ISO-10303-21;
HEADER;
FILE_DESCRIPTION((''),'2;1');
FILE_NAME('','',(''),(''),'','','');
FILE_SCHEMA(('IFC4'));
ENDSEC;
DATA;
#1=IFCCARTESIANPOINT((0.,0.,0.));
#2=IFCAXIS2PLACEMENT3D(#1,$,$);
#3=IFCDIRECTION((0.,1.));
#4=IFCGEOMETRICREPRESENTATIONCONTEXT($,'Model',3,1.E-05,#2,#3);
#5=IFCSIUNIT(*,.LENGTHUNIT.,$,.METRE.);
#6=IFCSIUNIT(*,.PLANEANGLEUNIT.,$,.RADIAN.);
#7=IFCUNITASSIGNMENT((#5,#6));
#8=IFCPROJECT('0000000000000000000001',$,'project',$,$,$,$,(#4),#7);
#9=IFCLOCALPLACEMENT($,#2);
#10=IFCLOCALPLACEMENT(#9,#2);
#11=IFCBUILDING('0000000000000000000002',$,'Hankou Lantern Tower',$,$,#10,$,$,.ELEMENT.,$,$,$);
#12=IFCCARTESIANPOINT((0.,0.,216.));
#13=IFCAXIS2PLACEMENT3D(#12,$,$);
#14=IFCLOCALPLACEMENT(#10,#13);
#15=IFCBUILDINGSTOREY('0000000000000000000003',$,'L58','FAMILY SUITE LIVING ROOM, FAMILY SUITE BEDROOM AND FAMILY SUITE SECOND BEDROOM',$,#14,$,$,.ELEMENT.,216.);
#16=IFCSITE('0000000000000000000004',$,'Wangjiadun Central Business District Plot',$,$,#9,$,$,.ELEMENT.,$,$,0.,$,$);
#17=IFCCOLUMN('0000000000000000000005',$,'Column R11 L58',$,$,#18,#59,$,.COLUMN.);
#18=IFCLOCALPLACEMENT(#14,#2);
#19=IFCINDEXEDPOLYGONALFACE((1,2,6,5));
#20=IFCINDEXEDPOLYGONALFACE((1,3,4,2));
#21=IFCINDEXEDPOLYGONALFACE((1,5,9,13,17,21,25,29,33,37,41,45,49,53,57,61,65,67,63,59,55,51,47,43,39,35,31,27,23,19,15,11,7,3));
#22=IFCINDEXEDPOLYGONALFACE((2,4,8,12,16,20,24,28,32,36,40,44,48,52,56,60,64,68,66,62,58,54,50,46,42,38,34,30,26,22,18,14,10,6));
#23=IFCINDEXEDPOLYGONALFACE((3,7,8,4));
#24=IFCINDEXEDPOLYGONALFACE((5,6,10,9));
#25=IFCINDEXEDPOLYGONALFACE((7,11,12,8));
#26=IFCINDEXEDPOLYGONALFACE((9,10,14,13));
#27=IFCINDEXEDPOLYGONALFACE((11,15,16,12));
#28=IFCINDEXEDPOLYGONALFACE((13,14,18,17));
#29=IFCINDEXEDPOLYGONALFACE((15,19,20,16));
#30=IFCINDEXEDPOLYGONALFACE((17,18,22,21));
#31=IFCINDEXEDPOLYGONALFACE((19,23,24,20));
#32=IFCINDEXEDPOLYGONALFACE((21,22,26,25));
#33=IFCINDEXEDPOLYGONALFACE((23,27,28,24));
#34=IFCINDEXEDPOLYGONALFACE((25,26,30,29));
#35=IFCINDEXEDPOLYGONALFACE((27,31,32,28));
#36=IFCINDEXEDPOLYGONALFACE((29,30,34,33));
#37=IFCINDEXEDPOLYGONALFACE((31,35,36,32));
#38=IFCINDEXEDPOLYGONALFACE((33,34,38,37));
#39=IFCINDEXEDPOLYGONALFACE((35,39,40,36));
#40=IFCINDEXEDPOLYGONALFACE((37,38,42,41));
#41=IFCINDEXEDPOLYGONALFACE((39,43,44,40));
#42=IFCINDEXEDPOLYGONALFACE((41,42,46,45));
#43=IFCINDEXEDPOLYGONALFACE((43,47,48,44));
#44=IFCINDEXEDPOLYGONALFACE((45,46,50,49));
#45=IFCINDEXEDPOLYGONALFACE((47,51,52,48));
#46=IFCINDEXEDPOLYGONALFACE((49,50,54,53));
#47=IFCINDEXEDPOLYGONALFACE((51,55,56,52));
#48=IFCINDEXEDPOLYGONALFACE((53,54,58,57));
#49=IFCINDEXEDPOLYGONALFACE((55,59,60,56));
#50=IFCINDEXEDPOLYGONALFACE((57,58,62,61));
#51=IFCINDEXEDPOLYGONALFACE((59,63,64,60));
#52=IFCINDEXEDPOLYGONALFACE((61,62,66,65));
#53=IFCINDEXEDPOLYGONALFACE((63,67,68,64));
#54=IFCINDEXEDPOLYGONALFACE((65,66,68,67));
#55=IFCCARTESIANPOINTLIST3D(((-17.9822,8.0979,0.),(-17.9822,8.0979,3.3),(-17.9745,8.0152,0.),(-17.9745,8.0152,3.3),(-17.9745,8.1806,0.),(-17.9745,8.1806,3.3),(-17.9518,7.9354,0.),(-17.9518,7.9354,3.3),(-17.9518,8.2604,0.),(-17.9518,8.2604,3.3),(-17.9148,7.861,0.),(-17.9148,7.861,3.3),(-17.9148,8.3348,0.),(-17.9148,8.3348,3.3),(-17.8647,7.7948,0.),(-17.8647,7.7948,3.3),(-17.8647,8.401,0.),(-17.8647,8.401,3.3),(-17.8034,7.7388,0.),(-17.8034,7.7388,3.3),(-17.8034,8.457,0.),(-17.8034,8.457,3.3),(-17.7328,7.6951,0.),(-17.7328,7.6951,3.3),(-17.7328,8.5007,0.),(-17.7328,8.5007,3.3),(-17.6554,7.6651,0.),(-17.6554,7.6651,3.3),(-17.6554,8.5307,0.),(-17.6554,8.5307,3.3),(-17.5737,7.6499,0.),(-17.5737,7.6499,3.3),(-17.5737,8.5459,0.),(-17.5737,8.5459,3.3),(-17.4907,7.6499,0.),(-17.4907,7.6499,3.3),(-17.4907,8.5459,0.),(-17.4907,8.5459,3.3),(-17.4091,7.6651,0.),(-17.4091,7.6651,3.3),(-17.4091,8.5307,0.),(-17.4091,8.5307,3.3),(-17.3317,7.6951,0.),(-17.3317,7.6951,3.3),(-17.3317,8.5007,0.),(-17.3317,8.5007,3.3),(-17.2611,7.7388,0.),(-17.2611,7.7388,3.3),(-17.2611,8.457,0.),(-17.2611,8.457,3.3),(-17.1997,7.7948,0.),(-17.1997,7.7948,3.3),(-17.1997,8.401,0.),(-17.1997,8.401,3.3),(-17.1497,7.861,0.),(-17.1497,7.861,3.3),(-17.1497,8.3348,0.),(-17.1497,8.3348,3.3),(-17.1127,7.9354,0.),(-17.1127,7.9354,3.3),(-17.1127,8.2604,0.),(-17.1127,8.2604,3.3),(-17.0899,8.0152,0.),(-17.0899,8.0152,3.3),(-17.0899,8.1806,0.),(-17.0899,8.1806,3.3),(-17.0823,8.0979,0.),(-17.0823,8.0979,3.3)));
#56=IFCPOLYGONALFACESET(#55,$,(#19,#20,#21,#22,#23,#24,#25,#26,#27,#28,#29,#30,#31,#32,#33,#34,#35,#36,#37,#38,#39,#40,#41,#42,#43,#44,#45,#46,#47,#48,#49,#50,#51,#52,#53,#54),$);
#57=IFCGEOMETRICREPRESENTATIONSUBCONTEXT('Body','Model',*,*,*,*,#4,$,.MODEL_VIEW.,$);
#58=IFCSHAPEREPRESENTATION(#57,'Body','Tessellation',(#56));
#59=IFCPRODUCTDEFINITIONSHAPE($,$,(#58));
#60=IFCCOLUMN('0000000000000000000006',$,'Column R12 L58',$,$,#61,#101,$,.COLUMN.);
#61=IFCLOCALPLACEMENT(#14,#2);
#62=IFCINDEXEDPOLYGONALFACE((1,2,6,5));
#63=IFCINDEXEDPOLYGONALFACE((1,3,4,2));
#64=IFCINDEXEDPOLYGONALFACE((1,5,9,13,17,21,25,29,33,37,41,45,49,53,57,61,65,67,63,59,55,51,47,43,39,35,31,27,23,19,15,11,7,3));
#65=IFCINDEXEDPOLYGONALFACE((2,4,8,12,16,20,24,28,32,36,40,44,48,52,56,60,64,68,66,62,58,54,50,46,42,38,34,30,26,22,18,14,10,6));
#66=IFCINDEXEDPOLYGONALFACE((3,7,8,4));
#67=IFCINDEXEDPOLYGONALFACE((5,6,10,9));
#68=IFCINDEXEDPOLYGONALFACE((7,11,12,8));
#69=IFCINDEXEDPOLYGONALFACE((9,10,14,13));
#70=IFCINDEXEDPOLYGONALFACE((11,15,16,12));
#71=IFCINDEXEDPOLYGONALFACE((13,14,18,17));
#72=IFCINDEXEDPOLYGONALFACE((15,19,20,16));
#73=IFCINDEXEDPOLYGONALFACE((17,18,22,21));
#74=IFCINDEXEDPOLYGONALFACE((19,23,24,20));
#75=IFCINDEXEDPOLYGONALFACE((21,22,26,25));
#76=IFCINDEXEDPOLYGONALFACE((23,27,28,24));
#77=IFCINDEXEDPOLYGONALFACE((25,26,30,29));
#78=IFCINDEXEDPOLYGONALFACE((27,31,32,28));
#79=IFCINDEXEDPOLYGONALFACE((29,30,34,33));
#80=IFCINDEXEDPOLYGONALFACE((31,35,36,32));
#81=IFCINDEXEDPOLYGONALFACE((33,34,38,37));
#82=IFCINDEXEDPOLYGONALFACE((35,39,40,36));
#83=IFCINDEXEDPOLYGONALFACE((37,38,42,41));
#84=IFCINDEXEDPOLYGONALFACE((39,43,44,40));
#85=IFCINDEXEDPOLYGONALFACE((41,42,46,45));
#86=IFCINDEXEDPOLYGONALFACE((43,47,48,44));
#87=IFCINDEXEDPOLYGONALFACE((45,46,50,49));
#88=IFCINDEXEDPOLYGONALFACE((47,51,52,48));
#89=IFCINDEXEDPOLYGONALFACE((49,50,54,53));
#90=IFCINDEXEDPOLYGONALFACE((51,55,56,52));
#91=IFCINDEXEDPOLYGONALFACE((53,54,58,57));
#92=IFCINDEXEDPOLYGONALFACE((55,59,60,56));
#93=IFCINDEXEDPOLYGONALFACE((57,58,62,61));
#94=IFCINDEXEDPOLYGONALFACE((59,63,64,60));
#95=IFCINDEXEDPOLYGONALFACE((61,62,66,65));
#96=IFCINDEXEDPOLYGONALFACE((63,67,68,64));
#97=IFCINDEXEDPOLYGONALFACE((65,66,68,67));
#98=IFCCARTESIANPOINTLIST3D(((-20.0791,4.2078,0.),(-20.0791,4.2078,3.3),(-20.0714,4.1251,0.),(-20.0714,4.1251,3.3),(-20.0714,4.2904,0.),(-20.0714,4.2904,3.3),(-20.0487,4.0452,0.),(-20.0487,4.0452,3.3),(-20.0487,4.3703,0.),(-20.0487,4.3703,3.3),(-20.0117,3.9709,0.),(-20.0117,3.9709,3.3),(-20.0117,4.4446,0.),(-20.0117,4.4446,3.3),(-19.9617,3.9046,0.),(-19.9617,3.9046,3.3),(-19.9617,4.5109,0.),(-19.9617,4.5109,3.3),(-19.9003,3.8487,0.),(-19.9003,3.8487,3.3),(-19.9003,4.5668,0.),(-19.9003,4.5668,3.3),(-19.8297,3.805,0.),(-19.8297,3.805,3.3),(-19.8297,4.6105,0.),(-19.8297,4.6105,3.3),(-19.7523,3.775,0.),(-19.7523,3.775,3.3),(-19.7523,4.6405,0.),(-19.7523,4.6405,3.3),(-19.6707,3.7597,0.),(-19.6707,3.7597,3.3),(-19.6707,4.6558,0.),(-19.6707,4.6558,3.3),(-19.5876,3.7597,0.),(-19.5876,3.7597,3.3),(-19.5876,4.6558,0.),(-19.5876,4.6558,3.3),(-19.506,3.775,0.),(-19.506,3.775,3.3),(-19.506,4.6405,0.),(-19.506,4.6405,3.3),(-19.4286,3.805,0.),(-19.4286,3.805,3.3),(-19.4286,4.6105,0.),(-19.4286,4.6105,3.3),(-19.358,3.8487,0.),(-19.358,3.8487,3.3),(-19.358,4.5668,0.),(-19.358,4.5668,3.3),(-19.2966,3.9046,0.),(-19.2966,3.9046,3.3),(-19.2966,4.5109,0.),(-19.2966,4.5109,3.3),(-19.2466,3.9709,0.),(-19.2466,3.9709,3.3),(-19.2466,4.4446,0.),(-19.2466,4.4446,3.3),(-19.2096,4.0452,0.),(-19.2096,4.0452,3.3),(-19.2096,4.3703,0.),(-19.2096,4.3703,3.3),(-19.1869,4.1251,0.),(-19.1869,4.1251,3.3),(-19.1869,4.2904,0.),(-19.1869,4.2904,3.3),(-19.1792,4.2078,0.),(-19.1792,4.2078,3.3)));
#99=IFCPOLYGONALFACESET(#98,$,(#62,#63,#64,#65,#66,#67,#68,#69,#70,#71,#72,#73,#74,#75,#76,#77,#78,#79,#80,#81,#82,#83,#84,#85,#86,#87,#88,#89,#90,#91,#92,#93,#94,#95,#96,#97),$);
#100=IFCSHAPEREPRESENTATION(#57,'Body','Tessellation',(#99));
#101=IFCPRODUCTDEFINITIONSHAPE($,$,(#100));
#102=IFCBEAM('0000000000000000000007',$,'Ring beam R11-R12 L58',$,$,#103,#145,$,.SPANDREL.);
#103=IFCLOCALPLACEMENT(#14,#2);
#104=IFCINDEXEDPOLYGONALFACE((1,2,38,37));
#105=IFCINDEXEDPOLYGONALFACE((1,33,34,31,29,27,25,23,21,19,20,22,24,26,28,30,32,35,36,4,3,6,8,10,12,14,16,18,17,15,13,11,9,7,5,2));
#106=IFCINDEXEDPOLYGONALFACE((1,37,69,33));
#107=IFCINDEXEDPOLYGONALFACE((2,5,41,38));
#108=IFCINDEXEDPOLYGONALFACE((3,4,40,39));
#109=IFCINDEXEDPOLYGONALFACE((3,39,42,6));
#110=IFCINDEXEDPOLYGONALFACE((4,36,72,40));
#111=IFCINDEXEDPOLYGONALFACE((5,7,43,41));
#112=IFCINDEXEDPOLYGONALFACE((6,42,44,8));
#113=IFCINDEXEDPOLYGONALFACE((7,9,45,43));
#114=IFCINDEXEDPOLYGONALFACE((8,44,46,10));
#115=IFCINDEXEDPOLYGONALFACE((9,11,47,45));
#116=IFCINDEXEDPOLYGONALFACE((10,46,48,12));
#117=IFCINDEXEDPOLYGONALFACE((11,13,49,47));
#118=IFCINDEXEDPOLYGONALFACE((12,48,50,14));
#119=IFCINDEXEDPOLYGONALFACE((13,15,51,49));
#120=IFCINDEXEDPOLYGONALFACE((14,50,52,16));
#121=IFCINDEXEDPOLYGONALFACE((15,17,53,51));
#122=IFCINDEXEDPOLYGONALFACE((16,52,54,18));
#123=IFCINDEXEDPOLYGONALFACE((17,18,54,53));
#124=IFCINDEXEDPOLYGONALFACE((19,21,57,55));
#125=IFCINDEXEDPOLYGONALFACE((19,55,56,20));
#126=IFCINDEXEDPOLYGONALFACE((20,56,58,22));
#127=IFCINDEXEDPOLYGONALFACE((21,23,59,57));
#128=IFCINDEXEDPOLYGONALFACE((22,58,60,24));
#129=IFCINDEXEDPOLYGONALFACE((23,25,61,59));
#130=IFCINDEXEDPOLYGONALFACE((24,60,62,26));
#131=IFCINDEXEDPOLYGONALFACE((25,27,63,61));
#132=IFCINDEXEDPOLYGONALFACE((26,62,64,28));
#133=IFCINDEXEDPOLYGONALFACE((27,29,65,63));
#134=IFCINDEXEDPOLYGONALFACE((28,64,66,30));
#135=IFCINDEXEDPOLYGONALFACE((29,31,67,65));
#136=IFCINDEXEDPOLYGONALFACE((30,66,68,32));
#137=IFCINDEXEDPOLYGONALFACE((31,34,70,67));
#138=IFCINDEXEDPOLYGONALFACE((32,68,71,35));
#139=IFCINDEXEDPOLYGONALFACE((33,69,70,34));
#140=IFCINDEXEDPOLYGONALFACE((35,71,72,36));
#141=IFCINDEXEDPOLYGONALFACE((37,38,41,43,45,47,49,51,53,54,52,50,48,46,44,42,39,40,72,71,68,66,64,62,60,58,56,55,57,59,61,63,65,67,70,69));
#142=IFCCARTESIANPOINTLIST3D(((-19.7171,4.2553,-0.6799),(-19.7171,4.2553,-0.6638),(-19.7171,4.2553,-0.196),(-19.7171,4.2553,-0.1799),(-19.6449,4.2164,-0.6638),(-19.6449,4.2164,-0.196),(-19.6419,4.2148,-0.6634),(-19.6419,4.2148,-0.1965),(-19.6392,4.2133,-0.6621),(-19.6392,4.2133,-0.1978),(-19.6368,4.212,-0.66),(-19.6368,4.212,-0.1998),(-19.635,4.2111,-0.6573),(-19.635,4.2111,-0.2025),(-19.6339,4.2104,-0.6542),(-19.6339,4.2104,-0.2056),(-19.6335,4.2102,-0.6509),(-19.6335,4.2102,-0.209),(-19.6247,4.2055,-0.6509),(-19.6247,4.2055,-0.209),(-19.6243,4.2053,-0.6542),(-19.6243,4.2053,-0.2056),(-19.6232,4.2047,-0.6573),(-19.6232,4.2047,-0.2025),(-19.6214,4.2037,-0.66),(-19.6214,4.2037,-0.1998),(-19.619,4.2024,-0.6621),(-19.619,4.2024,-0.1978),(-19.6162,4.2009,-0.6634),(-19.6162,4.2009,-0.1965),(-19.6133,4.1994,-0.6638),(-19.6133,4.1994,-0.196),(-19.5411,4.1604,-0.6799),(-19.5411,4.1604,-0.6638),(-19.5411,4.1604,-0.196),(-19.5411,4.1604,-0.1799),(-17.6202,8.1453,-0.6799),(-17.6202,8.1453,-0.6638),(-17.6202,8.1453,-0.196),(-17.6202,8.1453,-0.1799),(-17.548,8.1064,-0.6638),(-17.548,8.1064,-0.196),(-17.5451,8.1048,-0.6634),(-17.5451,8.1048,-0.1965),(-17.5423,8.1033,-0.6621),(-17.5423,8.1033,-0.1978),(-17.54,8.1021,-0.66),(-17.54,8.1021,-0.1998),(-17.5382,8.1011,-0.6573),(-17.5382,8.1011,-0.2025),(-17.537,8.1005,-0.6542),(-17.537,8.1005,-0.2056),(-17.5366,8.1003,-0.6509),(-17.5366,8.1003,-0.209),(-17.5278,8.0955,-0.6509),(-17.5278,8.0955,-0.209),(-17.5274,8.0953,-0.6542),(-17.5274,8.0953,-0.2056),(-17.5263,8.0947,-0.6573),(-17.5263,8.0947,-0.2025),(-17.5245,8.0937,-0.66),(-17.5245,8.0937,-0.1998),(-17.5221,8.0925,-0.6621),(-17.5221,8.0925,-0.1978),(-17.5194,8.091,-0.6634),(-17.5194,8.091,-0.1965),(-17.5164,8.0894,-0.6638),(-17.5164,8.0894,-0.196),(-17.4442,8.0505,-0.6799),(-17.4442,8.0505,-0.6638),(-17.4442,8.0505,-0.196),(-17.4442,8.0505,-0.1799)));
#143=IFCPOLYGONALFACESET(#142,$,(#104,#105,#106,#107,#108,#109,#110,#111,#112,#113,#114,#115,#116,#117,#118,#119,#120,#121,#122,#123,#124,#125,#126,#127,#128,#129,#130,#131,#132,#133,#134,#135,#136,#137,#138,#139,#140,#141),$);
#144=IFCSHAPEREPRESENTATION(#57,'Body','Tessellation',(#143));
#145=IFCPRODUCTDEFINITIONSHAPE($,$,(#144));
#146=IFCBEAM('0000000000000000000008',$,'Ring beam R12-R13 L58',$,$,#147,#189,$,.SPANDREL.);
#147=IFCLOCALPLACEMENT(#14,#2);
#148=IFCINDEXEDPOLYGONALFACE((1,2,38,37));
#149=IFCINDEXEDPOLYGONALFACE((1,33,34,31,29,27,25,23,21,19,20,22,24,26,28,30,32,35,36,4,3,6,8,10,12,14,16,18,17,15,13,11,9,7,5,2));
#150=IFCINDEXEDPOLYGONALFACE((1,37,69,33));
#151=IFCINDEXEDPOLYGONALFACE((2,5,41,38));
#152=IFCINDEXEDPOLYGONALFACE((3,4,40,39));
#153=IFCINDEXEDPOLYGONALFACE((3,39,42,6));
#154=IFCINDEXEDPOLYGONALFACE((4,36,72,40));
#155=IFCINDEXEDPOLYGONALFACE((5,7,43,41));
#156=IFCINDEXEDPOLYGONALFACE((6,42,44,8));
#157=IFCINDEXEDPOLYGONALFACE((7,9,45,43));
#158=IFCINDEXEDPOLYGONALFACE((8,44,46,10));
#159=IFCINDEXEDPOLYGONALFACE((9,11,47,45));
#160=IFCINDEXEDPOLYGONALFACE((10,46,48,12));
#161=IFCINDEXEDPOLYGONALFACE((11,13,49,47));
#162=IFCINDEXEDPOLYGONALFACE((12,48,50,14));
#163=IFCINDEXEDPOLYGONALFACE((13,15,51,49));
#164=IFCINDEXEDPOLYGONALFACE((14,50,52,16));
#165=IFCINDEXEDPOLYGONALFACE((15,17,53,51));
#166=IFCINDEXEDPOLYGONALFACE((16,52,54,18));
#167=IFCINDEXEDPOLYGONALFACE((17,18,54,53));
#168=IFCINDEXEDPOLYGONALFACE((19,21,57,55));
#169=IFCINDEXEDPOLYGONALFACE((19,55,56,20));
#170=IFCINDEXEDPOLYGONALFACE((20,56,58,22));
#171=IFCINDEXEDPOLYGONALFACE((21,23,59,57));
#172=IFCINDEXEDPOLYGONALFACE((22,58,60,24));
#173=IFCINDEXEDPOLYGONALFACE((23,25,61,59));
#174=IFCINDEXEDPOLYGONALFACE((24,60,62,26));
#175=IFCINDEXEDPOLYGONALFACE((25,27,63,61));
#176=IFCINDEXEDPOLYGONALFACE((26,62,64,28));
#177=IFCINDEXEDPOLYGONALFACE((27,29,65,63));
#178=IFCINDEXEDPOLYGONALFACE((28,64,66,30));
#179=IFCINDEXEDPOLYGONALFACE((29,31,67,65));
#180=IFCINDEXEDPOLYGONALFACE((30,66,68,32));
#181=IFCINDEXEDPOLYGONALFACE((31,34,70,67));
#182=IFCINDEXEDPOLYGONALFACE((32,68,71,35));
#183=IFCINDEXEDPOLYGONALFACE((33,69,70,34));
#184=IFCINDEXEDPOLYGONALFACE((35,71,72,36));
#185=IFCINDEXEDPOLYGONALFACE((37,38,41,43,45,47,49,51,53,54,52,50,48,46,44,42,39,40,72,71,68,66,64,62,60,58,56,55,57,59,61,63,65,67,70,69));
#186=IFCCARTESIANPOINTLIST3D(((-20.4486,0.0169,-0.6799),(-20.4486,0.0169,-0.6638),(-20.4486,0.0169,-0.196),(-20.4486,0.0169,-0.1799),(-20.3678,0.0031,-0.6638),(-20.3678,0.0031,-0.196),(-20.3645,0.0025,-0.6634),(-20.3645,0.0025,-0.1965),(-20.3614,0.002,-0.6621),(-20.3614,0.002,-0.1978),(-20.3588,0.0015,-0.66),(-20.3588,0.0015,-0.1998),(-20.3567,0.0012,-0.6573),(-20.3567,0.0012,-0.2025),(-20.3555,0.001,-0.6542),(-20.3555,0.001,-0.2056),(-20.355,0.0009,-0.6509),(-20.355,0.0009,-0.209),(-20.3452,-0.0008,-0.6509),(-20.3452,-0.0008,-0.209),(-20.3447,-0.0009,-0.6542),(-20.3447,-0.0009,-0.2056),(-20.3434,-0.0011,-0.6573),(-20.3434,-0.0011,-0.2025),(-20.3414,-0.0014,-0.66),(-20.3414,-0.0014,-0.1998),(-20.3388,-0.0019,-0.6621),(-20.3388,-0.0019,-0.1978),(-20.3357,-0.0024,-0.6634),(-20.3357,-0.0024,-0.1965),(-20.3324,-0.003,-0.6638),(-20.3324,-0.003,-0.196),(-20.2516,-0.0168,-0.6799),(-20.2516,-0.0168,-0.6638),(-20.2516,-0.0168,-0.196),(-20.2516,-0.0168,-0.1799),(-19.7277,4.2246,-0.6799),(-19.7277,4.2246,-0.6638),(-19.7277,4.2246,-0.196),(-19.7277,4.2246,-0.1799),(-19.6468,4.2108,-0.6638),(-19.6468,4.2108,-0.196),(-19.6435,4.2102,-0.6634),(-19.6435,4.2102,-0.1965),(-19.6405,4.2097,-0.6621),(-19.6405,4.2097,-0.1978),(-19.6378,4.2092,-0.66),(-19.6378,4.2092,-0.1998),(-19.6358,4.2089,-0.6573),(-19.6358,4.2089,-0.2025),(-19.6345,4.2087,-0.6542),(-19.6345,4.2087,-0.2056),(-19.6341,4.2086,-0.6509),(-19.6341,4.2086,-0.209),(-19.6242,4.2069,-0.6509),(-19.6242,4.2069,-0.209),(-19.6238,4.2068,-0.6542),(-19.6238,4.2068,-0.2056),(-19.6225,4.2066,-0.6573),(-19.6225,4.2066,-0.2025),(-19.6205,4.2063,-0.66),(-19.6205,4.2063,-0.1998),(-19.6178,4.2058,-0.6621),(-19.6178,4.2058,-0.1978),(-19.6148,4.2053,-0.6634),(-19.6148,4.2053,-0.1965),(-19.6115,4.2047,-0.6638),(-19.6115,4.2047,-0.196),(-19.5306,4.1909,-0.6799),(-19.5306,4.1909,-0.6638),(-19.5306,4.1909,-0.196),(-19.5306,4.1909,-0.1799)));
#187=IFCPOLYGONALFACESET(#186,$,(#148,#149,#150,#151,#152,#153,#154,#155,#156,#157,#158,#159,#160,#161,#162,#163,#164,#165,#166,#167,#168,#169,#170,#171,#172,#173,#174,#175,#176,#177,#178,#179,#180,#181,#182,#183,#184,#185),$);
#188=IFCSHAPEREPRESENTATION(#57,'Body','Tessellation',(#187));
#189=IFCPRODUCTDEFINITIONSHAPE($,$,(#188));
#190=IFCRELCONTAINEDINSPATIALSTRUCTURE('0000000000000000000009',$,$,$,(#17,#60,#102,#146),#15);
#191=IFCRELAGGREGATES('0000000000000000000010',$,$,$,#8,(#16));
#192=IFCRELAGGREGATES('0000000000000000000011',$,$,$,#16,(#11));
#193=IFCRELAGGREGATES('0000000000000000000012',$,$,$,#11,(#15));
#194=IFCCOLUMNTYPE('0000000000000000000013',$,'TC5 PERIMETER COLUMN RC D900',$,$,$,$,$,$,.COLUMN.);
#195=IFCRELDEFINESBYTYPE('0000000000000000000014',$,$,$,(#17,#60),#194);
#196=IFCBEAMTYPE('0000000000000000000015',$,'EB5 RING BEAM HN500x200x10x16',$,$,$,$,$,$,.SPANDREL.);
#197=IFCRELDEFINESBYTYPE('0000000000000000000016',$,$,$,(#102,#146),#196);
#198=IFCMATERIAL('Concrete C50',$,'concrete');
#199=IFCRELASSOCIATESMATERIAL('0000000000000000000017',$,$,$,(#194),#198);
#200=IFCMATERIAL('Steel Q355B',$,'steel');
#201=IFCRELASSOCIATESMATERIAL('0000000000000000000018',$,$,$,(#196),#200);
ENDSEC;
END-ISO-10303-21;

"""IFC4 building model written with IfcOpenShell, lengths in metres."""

from ifc_helpers import new_model, si_unit, direction, frame, origin, origin_2d, place, context, subcontext, project, spatial, circle, i_section, extrude, material, material_profile, profile_set, type_object, element, save


model = new_model("IFC4")

# Units and contexts
model_context = context("Model", 3, precision=1e-05, world=origin(), true_north=direction((0.0, 1.0)))
body_context = subcontext(model_context, "Body", "Model", "MODEL_VIEW")
ifc_project = project(units=[si_unit("LENGTHUNIT", "METRE"), si_unit("PLANEANGLEUNIT", "RADIAN")], contexts=[model_context])

# Site, building, storey
site_placement = place(None, origin())
site = spatial("IfcSite", under=ifc_project, at=site_placement, Name="Wangjiadun Central Business District Plot", CompositionType="ELEMENT", RefElevation=0.0)
building_placement = place(site_placement, origin())
building = spatial("IfcBuilding", under=site, at=building_placement, Name="Hankou Lantern Tower", CompositionType="ELEMENT")
storey_placement = place(building_placement, frame((0.0, 0.0, 216.0)))
storey = spatial("IfcBuildingStorey", under=building, at=storey_placement, Name="L58", Description="FAMILY SUITE LIVING ROOM, FAMILY SUITE BEDROOM AND FAMILY SUITE SECOND BEDROOM", CompositionType="ELEMENT", Elevation=216.0)

# Columns
ifc_material_1 = material(Name="Concrete C50", Category="concrete")
ifc_material_profile_1 = material_profile(ifc_material_1, circle(Radius=0.45, at=origin_2d()), Name="RC D900")
ifc_profile_set_1 = profile_set([ifc_material_profile_1], Name="Concrete C50")
column_type = type_object("IfcColumnType", Name="TC5 PERIMETER COLUMN RC D900", PredefinedType="COLUMN", material=ifc_profile_set_1)
for number, where, z_axis, x_axis, name in (
    (1, (-17.5322, 8.0979, 0.0), (0.0, 0.0, 1.0), (1.0, 0.0, 0.0), "Column R11 L58"),
    (2, (-19.6292, 4.2078, 0.0), (0.0, 0.0, 1.0), (1.0, 0.0, 0.0), "Column R12 L58"),
):
    element("IfcColumn", number, at=place(storey_placement, frame(where, z_axis=z_axis, x_axis=x_axis)), inside=storey, type_object=column_type, Name=name, PredefinedType="COLUMN", context=body_context, shape_type="SweptSolid", body=[
        extrude(circle(Radius=0.45, at=origin_2d()), origin(), (0.0, 0.0, 1.0), 3.3),
    ])

# Beams
ifc_material_2 = material(Name="Steel Q355B", Category="steel")
ifc_material_profile_2 = material_profile(ifc_material_2, i_section(OverallWidth=0.2, OverallDepth=0.5, WebThickness=0.01, FlangeThickness=0.0161, FilletRadius=0.0129, at=origin_2d()), Name="HN500x200x10x16")
ifc_profile_set_2 = profile_set([ifc_material_profile_2], Name="Steel Q355B")
beam_type_1 = type_object("IfcBeamType", Name="EB5 RING BEAM HN500x200x10x16", PredefinedType="SPANDREL", material=ifc_profile_set_2)
beam_1_placement = place(storey_placement, frame((-17.5322, 8.0979, -0.4299), z_axis=(-0.474492, -0.88026, 0.0), x_axis=(0.88026, -0.474492, 0.0)))
element("IfcBeam", 3, at=beam_1_placement, inside=storey, type_object=beam_type_1, Name="Ring beam R11-R12 L58", PredefinedType="SPANDREL", context=body_context, shape_type="SweptSolid", body=[
    extrude(i_section(OverallWidth=0.2, OverallDepth=0.5, WebThickness=0.01, FlangeThickness=0.0161, FilletRadius=0.0129, at=origin_2d()), origin(), (0.0, 0.0, 1.0), 4.4192),
])
beam_2_placement = place(storey_placement, frame((-19.6292, 4.2078, -0.4299), z_axis=(-0.168877, -0.985637, 0.0), x_axis=(0.985637, -0.168877, 0.0)))
element("IfcBeam", 4, at=beam_2_placement, inside=storey, type_object=beam_type_1, Name="Ring beam R12-R13 L58", PredefinedType="SPANDREL", context=body_context, shape_type="SweptSolid", body=[
    extrude(i_section(OverallWidth=0.2, OverallDepth=0.5, WebThickness=0.01, FlangeThickness=0.0161, FilletRadius=0.0129, at=origin_2d()), origin(), (0.0, 0.0, 1.0), 4.269),
])

save(model, "model.ifc")
